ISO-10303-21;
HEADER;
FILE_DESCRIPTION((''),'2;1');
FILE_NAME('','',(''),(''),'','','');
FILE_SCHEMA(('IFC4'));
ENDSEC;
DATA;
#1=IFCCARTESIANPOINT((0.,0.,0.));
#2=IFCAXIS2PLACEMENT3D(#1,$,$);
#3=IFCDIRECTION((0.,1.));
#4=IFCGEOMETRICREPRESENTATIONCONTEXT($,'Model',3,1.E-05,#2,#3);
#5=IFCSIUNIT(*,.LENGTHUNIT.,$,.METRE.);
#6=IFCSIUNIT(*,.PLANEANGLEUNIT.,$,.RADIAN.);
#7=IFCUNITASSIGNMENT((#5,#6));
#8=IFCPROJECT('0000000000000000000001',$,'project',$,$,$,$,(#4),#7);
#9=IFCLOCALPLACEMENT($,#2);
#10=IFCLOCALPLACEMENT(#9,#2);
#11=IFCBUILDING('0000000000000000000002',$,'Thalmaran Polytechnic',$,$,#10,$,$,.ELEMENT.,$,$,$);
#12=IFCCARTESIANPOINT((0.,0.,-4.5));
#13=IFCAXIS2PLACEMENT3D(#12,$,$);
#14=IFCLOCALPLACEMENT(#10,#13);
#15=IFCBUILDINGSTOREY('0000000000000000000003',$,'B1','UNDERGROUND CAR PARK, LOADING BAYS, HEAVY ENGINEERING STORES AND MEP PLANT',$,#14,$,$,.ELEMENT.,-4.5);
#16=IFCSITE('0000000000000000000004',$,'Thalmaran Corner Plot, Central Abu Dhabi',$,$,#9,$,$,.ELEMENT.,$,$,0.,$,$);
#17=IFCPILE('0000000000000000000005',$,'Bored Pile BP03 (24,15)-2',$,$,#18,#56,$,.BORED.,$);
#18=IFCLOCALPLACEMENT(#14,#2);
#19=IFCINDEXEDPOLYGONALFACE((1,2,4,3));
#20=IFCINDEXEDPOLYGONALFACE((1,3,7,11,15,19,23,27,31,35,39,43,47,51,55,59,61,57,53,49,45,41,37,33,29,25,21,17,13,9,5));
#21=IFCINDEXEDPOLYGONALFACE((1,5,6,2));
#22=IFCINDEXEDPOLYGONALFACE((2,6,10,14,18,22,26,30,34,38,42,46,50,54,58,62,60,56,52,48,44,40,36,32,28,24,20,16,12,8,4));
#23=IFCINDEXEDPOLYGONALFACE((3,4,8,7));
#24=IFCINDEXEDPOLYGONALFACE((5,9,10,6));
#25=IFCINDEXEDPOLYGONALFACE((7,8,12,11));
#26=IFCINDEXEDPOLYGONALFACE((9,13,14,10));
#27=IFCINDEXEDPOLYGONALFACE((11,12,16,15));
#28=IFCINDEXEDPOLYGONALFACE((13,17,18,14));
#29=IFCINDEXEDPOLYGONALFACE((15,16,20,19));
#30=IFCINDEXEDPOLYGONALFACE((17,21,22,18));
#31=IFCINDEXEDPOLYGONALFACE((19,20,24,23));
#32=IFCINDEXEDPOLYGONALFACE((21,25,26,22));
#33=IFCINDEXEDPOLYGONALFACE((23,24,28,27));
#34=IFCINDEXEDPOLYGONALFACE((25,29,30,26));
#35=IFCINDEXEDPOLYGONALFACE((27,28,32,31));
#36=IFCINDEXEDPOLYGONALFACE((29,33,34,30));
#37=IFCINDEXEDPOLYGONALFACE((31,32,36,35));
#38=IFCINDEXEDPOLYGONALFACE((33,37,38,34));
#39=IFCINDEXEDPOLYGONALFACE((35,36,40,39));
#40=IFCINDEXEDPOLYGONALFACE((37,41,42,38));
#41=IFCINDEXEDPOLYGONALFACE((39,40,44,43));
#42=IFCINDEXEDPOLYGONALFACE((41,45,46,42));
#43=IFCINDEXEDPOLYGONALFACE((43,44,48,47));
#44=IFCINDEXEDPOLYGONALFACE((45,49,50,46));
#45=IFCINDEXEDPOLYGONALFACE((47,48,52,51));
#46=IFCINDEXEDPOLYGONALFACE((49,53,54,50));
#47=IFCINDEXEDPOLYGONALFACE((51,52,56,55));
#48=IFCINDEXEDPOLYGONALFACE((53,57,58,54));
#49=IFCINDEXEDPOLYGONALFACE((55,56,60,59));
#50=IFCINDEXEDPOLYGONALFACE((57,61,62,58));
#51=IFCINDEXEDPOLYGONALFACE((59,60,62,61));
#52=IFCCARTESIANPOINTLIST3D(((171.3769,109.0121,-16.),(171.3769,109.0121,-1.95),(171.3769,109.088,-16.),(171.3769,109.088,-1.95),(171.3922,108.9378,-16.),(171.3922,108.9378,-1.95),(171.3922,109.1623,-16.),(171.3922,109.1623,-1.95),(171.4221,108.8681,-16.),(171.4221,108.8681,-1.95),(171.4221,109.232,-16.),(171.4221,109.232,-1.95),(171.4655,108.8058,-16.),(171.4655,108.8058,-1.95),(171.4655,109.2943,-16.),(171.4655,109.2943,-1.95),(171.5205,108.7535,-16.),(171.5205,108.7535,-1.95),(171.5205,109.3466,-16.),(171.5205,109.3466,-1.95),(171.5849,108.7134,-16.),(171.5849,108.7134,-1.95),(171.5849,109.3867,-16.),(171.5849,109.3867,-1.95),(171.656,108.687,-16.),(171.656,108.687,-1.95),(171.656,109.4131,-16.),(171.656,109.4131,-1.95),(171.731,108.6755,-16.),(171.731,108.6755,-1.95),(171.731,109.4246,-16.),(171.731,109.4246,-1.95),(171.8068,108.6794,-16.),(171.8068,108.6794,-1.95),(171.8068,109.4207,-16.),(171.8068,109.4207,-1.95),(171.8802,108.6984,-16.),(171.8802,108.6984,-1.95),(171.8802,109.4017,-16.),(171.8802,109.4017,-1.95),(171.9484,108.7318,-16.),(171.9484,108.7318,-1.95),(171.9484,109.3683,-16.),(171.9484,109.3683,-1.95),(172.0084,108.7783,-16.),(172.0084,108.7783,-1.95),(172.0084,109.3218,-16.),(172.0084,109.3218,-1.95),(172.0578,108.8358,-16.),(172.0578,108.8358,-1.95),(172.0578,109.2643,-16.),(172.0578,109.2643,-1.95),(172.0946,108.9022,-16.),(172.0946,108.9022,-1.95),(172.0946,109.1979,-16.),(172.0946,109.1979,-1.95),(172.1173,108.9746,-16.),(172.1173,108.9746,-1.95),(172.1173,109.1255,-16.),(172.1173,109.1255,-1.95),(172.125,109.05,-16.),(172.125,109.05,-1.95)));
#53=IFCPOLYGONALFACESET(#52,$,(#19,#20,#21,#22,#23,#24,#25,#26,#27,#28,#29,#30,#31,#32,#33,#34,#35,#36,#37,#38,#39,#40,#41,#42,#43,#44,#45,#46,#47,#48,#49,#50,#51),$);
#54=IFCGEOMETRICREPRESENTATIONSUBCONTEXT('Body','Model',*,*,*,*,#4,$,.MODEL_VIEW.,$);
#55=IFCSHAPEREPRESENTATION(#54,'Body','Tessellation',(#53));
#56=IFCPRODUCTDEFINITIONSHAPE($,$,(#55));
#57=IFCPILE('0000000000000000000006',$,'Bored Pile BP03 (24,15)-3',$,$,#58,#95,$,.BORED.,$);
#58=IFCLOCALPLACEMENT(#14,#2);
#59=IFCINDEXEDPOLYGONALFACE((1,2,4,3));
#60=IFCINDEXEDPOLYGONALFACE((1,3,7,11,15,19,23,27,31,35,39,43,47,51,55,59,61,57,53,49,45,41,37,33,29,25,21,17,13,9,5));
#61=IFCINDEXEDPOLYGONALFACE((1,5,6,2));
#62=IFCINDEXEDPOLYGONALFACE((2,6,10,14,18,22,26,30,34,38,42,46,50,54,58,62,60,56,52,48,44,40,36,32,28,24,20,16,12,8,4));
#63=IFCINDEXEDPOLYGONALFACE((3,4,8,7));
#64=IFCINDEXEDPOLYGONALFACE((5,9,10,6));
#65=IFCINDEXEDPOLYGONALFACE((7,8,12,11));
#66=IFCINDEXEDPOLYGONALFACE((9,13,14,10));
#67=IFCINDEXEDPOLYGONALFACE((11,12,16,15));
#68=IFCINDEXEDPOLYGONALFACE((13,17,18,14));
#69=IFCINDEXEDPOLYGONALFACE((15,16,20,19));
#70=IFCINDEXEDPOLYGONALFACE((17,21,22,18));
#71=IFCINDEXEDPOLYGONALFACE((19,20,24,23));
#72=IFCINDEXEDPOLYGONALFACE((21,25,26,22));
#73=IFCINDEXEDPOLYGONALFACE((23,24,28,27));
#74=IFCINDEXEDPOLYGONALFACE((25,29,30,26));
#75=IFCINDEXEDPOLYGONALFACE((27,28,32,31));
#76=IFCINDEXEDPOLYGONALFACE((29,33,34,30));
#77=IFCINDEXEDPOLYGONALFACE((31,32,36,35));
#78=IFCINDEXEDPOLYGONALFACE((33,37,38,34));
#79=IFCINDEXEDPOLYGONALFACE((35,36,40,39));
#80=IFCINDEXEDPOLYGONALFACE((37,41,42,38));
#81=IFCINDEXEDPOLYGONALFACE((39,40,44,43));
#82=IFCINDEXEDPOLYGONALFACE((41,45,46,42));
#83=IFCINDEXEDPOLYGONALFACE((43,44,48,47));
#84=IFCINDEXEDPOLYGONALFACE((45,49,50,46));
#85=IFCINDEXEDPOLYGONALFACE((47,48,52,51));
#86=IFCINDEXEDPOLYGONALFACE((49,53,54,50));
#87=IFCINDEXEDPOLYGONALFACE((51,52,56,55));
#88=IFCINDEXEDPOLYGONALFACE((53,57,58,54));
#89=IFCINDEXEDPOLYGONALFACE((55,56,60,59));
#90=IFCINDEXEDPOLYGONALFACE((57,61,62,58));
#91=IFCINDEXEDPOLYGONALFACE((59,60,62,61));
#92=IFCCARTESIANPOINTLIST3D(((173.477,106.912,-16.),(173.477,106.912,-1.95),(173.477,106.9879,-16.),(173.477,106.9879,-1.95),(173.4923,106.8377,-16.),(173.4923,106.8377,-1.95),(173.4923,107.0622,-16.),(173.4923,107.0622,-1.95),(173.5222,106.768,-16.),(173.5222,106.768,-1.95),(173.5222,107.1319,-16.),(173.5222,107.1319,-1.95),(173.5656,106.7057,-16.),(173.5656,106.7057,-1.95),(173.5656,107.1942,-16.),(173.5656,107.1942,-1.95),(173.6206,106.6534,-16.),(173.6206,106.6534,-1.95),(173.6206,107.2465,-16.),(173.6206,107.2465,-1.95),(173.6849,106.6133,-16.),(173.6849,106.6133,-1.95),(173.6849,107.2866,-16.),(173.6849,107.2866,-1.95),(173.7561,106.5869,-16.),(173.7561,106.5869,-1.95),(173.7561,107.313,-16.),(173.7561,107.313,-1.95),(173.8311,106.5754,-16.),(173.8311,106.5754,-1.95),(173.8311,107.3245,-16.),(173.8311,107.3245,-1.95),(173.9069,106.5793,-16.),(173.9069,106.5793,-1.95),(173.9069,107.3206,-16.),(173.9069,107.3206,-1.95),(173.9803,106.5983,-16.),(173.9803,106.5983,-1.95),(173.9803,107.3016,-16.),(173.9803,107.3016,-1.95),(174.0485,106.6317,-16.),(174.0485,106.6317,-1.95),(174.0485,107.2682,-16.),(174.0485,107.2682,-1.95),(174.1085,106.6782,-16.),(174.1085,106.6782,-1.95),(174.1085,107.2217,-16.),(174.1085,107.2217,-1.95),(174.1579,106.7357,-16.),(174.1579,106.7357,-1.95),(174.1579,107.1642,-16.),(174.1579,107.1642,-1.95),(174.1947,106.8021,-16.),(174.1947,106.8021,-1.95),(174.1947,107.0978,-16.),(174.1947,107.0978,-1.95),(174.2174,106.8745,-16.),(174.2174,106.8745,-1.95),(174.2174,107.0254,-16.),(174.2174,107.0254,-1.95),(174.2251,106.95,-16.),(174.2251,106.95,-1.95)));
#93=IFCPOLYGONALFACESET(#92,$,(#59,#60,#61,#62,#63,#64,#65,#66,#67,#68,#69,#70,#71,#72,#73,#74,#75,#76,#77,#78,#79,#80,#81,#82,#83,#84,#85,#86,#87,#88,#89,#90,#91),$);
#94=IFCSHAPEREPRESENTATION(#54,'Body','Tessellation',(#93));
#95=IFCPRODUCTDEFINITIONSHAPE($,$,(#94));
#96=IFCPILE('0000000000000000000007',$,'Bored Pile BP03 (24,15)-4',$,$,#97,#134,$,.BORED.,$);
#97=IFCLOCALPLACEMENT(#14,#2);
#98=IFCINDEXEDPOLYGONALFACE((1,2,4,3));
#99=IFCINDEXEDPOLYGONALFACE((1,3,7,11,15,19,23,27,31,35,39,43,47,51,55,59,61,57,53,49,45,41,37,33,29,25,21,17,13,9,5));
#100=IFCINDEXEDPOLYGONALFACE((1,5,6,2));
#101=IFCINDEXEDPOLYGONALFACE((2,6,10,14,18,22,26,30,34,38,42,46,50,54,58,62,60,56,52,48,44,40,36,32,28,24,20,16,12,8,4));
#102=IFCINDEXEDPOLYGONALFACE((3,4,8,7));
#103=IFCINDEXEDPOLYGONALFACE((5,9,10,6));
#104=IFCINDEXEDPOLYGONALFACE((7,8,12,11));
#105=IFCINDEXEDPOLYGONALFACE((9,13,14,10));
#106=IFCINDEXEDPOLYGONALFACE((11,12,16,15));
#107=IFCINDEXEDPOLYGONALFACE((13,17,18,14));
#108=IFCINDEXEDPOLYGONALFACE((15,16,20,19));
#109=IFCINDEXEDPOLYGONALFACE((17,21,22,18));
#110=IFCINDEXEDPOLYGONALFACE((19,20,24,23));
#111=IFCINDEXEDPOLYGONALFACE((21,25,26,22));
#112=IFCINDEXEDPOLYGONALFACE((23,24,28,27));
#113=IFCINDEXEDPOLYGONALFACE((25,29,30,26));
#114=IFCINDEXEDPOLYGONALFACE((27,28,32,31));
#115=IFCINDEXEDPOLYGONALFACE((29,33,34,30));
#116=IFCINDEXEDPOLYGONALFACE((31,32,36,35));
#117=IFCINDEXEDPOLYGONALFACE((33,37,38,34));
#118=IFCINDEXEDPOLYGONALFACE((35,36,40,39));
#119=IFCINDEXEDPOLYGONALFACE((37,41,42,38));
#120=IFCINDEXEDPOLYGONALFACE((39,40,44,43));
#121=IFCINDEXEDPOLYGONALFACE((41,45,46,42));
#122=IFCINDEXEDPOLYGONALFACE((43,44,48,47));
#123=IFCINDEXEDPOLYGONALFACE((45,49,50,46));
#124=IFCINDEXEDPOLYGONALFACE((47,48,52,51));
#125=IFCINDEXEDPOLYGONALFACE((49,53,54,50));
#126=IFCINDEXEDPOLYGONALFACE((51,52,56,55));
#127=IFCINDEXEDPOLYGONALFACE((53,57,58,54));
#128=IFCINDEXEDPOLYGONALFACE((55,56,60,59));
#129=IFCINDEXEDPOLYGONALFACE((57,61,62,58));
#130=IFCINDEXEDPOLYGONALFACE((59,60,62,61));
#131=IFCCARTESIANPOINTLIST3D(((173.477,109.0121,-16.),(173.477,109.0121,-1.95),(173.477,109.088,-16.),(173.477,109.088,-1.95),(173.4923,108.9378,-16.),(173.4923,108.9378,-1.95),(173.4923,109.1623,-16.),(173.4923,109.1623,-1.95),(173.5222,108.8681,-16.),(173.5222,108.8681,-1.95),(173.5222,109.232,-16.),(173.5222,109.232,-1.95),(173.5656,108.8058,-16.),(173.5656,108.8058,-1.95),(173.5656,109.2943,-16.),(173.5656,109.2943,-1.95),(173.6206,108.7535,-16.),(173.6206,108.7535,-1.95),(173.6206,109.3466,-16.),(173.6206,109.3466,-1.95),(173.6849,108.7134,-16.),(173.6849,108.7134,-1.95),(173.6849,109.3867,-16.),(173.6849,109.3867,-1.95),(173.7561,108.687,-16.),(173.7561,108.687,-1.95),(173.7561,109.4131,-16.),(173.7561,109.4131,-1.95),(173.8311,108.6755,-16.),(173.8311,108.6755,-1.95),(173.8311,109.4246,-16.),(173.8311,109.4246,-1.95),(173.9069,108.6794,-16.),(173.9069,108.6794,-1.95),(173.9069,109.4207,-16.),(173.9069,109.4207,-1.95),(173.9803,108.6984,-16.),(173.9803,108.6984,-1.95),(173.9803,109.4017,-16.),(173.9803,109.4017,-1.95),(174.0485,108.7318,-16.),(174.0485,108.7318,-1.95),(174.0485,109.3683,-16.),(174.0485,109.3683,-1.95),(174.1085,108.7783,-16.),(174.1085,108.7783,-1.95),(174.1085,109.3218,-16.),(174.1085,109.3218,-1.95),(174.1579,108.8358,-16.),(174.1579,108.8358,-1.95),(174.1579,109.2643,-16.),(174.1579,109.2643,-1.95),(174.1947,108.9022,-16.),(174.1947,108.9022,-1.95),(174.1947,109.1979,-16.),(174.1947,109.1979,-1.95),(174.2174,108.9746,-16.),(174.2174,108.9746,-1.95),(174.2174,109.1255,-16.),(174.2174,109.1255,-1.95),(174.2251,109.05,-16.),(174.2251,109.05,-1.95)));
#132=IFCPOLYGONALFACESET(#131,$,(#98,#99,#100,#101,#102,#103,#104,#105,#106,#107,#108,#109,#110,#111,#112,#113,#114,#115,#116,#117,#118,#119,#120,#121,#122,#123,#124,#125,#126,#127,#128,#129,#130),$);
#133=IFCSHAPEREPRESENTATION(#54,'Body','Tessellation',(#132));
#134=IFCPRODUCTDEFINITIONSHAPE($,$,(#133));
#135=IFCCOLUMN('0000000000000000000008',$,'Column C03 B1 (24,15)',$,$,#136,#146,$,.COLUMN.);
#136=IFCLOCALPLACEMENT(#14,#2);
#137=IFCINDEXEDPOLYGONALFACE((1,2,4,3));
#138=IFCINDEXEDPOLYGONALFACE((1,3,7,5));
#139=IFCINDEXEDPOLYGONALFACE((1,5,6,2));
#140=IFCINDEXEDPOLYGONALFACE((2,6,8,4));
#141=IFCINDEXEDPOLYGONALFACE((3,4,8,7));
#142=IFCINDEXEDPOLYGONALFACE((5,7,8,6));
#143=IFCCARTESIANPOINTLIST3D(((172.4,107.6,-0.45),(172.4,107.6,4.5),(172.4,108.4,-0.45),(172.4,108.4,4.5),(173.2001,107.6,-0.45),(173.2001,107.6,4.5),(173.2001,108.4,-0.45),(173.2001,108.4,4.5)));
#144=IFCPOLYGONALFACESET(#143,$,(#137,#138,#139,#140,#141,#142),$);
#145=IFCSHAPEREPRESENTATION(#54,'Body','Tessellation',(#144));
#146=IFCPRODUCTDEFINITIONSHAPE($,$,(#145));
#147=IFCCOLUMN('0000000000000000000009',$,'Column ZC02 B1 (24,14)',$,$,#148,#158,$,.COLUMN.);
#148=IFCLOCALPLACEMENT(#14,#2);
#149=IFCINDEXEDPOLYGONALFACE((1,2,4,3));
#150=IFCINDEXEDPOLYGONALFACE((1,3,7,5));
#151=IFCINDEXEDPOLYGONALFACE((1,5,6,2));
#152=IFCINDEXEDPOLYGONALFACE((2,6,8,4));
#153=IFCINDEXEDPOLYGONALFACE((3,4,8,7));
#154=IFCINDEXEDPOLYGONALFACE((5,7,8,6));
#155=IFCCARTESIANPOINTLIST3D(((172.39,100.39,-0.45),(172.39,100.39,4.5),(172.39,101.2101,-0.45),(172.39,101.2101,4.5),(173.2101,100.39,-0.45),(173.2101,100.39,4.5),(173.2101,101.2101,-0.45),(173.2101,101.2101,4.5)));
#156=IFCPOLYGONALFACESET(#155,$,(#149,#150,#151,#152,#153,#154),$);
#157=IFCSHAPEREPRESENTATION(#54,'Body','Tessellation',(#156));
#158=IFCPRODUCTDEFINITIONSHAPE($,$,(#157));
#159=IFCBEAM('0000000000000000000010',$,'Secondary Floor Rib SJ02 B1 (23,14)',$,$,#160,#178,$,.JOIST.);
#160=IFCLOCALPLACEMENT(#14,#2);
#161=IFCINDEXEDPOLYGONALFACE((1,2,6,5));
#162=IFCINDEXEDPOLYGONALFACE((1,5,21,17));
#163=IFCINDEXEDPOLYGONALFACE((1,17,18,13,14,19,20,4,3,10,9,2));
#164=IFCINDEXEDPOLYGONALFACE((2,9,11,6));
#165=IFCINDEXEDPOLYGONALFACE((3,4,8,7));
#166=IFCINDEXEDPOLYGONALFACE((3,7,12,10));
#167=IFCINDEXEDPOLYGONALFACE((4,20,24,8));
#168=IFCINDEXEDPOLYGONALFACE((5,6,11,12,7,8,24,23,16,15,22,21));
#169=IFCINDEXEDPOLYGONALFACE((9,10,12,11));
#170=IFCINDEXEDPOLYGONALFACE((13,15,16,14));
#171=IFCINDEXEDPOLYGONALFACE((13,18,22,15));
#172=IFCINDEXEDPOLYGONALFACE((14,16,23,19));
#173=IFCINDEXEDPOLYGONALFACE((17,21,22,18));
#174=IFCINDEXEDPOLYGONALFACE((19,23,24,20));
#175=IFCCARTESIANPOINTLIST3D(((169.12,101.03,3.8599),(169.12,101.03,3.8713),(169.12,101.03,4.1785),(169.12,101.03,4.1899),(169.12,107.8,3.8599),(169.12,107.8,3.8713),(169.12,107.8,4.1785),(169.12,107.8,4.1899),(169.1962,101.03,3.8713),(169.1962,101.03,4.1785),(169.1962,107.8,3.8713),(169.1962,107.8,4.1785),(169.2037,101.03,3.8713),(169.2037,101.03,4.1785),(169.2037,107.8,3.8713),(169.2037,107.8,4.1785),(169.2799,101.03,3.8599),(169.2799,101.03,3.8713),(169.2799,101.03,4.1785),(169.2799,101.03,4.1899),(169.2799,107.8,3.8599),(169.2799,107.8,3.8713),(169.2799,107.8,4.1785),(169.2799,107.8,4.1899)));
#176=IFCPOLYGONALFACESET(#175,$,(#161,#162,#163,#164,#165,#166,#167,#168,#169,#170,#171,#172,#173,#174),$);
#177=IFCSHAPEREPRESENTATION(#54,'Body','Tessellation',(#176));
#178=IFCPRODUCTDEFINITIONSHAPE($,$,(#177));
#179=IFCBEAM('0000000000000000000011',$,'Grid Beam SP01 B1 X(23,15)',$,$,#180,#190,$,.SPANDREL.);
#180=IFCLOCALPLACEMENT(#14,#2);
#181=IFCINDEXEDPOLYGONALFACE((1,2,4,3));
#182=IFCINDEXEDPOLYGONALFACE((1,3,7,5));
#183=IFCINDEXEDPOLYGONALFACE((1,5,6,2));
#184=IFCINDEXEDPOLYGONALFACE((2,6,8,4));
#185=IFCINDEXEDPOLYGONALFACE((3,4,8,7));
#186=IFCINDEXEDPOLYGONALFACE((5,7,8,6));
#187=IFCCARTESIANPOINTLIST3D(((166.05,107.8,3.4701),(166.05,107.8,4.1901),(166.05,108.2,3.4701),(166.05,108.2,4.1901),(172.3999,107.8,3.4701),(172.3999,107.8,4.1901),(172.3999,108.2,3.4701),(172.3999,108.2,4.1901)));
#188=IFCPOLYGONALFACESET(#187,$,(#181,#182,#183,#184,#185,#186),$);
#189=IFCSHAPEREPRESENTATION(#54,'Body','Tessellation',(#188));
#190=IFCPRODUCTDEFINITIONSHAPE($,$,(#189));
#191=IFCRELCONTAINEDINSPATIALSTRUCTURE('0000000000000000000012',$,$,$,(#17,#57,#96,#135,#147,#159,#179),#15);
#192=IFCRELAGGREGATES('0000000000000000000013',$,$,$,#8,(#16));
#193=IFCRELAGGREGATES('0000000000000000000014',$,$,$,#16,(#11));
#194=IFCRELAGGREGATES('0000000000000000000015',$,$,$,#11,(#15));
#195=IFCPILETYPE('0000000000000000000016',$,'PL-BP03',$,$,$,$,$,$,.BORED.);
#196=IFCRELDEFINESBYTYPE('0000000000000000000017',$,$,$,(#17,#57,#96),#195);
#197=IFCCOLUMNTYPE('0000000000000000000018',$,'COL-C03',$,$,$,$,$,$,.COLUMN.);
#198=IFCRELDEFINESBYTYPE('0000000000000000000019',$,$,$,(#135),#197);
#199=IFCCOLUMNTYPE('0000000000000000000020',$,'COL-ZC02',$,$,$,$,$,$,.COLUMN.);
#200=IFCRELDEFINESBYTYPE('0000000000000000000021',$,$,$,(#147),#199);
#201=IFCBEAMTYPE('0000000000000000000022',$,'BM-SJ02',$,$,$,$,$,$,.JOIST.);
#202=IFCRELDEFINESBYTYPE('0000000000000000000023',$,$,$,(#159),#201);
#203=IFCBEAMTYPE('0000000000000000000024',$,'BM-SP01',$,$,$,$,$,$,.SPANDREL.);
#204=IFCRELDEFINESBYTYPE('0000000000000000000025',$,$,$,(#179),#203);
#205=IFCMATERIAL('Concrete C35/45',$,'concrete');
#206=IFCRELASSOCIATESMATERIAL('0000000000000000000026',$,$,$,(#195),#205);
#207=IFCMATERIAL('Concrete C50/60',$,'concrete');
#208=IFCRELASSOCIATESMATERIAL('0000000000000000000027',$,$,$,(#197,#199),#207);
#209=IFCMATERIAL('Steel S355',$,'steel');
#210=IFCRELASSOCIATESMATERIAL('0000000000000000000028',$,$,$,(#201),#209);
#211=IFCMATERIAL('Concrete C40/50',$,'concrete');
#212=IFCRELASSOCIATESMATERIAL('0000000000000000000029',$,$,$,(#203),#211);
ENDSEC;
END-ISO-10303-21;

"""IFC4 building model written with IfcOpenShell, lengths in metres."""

from ifc_helpers import new_model, si_unit, direction, frame, origin, origin_2d, place, context, subcontext, project, spatial, rectangle, circle, i_section, extrude, material, material_profile, profile_set, type_object, element, save


model = new_model("IFC4")

# Units and contexts
model_context = context("Model", 3, precision=1e-05, world=origin(), true_north=direction((0.0, 1.0)))
body_context = subcontext(model_context, "Body", "Model", "MODEL_VIEW")
ifc_project = project(units=[si_unit("LENGTHUNIT", "METRE"), si_unit("PLANEANGLEUNIT", "RADIAN")], contexts=[model_context])

# Site, building, storey
site_placement = place(None, origin())
site = spatial("IfcSite", under=ifc_project, at=site_placement, Name="Thalmaran Corner Plot, Central Abu Dhabi", CompositionType="ELEMENT", RefElevation=0.0)
building_placement = place(site_placement, origin())
building = spatial("IfcBuilding", under=site, at=building_placement, Name="Thalmaran Polytechnic", CompositionType="ELEMENT")
storey_placement = place(building_placement, frame((0.0, 0.0, -4.5)))
storey = spatial("IfcBuildingStorey", under=building, at=storey_placement, Name="B1", Description="UNDERGROUND CAR PARK, LOADING BAYS, HEAVY ENGINEERING STORES AND MEP PLANT", CompositionType="ELEMENT", Elevation=-4.5)

# Shared definitions
ifc_material_1 = material(Name="Concrete C40/50", Category="concrete")

# Piles
ifc_material_2 = material(Name="Concrete C35/45", Category="concrete")
ifc_material_profile_1 = material_profile(ifc_material_2, circle(Radius=0.375, at=origin_2d()), Name="RC 750 DIA")
ifc_profile_set_1 = profile_set([ifc_material_profile_1], Name="Concrete C35/45")
pile_type = type_object("IfcPileType", Name="PL-BP03", PredefinedType="BORED", material=ifc_profile_set_1)
for number, where, z_axis, x_axis, name in (
    (1, (171.75, 109.05, -1.95), (0.0, 0.0, -1.0), (1.0, 0.0, 0.0), "Bored Pile BP03 (24,15)-2"),
    (2, (173.8501, 106.95, -1.95), (0.0, 0.0, -1.0), (1.0, 0.0, 0.0), "Bored Pile BP03 (24,15)-3"),
    (3, (173.8501, 109.05, -1.95), (0.0, 0.0, -1.0), (1.0, 0.0, 0.0), "Bored Pile BP03 (24,15)-4"),
):
    element("IfcPile", number, at=place(storey_placement, frame(where, z_axis=z_axis, x_axis=x_axis)), inside=storey, type_object=pile_type, Name=name, PredefinedType="BORED", context=body_context, shape_type="SweptSolid", body=[
        extrude(circle(Radius=0.375, at=origin_2d()), origin(), (0.0, 0.0, 1.0), 14.05),
    ])

# Columns
ifc_material_3 = material(Name="Concrete C50/60", Category="concrete")
ifc_material_profile_2 = material_profile(ifc_material_3, rectangle(XDim=0.8, YDim=0.8, at=origin_2d()), Name="RC 800x800")
ifc_profile_set_2 = profile_set([ifc_material_profile_2], Name="Concrete C50/60")
column_type_1 = type_object("IfcColumnType", Name="COL-C03", PredefinedType="COLUMN", material=ifc_profile_set_2)
column_1_placement = place(storey_placement, frame((172.8, 108.0, -0.45), z_axis=(0.0, 0.0, 1.0), x_axis=(1.0, 0.0, 0.0)))
element("IfcColumn", 4, at=column_1_placement, inside=storey, type_object=column_type_1, Name="Column C03 B1 (24,15)", PredefinedType="COLUMN", context=body_context, shape_type="SweptSolid", body=[
    extrude(rectangle(XDim=0.8, YDim=0.8, at=origin_2d()), origin(), (0.0, 0.0, 1.0), 4.95),
])
ifc_material_profile_3 = material_profile(ifc_material_3, rectangle(XDim=0.8201, YDim=0.8201, at=origin_2d()), Name="RC 820x820")
ifc_profile_set_3 = profile_set([ifc_material_profile_3], Name="Concrete C50/60")
column_type_2 = type_object("IfcColumnType", Name="COL-ZC02", PredefinedType="COLUMN", material=ifc_profile_set_3)
column_2_placement = place(storey_placement, frame((172.8, 100.8, -0.45), z_axis=(0.0, 0.0, 1.0), x_axis=(1.0, 0.0, 0.0)))
element("IfcColumn", 5, at=column_2_placement, inside=storey, type_object=column_type_2, Name="Column ZC02 B1 (24,14)", PredefinedType="COLUMN", context=body_context, shape_type="SweptSolid", body=[
    extrude(rectangle(XDim=0.8201, YDim=0.8201, at=origin_2d()), origin(), (0.0, 0.0, 1.0), 4.95),
])

# Beams
ifc_material_4 = material(Name="Steel S355", Category="steel")
ifc_material_profile_4 = material_profile(ifc_material_4, i_section(OverallWidth=0.1599, OverallDepth=0.3301, WebThickness=0.0076, FlangeThickness=0.0115, at=origin_2d()), Name="IPE 330")
ifc_profile_set_4 = profile_set([ifc_material_profile_4], Name="Steel S355")
beam_type_1 = type_object("IfcBeamType", Name="BM-SJ02", PredefinedType="JOIST", material=ifc_profile_set_4)
beam_1_placement = place(storey_placement, frame((169.2, 101.03, 4.0249), z_axis=(0.0, 1.0, 0.0), x_axis=(-1.0, 0.0, 0.0)))
element("IfcBeam", 6, at=beam_1_placement, inside=storey, type_object=beam_type_1, Name="Secondary Floor Rib SJ02 B1 (23,14)", PredefinedType="JOIST", context=body_context, shape_type="SweptSolid", body=[
    extrude(i_section(OverallWidth=0.1599, OverallDepth=0.3301, WebThickness=0.0076, FlangeThickness=0.0115, at=origin_2d()), origin(), (0.0, 0.0, 1.0), 6.77),
])
ifc_material_profile_5 = material_profile(ifc_material_1, rectangle(XDim=0.3999, YDim=0.72, at=origin_2d()), Name="RC 400x720")
ifc_profile_set_5 = profile_set([ifc_material_profile_5], Name="Concrete C40/50")
beam_type_2 = type_object("IfcBeamType", Name="BM-SP01", PredefinedType="SPANDREL", material=ifc_profile_set_5)
beam_2_placement = place(storey_placement, frame((166.05, 108.0, 3.8301), z_axis=(1.0, 0.0, 0.0), x_axis=(0.0, 1.0, 0.0)))
element("IfcBeam", 7, at=beam_2_placement, inside=storey, type_object=beam_type_2, Name="Grid Beam SP01 B1 X(23,15)", PredefinedType="SPANDREL", context=body_context, shape_type="SweptSolid", body=[
    extrude(rectangle(XDim=0.3999, YDim=0.72, at=origin_2d()), origin(), (0.0, 0.0, 1.0), 6.3499),
])

save(model, "model.ifc")
